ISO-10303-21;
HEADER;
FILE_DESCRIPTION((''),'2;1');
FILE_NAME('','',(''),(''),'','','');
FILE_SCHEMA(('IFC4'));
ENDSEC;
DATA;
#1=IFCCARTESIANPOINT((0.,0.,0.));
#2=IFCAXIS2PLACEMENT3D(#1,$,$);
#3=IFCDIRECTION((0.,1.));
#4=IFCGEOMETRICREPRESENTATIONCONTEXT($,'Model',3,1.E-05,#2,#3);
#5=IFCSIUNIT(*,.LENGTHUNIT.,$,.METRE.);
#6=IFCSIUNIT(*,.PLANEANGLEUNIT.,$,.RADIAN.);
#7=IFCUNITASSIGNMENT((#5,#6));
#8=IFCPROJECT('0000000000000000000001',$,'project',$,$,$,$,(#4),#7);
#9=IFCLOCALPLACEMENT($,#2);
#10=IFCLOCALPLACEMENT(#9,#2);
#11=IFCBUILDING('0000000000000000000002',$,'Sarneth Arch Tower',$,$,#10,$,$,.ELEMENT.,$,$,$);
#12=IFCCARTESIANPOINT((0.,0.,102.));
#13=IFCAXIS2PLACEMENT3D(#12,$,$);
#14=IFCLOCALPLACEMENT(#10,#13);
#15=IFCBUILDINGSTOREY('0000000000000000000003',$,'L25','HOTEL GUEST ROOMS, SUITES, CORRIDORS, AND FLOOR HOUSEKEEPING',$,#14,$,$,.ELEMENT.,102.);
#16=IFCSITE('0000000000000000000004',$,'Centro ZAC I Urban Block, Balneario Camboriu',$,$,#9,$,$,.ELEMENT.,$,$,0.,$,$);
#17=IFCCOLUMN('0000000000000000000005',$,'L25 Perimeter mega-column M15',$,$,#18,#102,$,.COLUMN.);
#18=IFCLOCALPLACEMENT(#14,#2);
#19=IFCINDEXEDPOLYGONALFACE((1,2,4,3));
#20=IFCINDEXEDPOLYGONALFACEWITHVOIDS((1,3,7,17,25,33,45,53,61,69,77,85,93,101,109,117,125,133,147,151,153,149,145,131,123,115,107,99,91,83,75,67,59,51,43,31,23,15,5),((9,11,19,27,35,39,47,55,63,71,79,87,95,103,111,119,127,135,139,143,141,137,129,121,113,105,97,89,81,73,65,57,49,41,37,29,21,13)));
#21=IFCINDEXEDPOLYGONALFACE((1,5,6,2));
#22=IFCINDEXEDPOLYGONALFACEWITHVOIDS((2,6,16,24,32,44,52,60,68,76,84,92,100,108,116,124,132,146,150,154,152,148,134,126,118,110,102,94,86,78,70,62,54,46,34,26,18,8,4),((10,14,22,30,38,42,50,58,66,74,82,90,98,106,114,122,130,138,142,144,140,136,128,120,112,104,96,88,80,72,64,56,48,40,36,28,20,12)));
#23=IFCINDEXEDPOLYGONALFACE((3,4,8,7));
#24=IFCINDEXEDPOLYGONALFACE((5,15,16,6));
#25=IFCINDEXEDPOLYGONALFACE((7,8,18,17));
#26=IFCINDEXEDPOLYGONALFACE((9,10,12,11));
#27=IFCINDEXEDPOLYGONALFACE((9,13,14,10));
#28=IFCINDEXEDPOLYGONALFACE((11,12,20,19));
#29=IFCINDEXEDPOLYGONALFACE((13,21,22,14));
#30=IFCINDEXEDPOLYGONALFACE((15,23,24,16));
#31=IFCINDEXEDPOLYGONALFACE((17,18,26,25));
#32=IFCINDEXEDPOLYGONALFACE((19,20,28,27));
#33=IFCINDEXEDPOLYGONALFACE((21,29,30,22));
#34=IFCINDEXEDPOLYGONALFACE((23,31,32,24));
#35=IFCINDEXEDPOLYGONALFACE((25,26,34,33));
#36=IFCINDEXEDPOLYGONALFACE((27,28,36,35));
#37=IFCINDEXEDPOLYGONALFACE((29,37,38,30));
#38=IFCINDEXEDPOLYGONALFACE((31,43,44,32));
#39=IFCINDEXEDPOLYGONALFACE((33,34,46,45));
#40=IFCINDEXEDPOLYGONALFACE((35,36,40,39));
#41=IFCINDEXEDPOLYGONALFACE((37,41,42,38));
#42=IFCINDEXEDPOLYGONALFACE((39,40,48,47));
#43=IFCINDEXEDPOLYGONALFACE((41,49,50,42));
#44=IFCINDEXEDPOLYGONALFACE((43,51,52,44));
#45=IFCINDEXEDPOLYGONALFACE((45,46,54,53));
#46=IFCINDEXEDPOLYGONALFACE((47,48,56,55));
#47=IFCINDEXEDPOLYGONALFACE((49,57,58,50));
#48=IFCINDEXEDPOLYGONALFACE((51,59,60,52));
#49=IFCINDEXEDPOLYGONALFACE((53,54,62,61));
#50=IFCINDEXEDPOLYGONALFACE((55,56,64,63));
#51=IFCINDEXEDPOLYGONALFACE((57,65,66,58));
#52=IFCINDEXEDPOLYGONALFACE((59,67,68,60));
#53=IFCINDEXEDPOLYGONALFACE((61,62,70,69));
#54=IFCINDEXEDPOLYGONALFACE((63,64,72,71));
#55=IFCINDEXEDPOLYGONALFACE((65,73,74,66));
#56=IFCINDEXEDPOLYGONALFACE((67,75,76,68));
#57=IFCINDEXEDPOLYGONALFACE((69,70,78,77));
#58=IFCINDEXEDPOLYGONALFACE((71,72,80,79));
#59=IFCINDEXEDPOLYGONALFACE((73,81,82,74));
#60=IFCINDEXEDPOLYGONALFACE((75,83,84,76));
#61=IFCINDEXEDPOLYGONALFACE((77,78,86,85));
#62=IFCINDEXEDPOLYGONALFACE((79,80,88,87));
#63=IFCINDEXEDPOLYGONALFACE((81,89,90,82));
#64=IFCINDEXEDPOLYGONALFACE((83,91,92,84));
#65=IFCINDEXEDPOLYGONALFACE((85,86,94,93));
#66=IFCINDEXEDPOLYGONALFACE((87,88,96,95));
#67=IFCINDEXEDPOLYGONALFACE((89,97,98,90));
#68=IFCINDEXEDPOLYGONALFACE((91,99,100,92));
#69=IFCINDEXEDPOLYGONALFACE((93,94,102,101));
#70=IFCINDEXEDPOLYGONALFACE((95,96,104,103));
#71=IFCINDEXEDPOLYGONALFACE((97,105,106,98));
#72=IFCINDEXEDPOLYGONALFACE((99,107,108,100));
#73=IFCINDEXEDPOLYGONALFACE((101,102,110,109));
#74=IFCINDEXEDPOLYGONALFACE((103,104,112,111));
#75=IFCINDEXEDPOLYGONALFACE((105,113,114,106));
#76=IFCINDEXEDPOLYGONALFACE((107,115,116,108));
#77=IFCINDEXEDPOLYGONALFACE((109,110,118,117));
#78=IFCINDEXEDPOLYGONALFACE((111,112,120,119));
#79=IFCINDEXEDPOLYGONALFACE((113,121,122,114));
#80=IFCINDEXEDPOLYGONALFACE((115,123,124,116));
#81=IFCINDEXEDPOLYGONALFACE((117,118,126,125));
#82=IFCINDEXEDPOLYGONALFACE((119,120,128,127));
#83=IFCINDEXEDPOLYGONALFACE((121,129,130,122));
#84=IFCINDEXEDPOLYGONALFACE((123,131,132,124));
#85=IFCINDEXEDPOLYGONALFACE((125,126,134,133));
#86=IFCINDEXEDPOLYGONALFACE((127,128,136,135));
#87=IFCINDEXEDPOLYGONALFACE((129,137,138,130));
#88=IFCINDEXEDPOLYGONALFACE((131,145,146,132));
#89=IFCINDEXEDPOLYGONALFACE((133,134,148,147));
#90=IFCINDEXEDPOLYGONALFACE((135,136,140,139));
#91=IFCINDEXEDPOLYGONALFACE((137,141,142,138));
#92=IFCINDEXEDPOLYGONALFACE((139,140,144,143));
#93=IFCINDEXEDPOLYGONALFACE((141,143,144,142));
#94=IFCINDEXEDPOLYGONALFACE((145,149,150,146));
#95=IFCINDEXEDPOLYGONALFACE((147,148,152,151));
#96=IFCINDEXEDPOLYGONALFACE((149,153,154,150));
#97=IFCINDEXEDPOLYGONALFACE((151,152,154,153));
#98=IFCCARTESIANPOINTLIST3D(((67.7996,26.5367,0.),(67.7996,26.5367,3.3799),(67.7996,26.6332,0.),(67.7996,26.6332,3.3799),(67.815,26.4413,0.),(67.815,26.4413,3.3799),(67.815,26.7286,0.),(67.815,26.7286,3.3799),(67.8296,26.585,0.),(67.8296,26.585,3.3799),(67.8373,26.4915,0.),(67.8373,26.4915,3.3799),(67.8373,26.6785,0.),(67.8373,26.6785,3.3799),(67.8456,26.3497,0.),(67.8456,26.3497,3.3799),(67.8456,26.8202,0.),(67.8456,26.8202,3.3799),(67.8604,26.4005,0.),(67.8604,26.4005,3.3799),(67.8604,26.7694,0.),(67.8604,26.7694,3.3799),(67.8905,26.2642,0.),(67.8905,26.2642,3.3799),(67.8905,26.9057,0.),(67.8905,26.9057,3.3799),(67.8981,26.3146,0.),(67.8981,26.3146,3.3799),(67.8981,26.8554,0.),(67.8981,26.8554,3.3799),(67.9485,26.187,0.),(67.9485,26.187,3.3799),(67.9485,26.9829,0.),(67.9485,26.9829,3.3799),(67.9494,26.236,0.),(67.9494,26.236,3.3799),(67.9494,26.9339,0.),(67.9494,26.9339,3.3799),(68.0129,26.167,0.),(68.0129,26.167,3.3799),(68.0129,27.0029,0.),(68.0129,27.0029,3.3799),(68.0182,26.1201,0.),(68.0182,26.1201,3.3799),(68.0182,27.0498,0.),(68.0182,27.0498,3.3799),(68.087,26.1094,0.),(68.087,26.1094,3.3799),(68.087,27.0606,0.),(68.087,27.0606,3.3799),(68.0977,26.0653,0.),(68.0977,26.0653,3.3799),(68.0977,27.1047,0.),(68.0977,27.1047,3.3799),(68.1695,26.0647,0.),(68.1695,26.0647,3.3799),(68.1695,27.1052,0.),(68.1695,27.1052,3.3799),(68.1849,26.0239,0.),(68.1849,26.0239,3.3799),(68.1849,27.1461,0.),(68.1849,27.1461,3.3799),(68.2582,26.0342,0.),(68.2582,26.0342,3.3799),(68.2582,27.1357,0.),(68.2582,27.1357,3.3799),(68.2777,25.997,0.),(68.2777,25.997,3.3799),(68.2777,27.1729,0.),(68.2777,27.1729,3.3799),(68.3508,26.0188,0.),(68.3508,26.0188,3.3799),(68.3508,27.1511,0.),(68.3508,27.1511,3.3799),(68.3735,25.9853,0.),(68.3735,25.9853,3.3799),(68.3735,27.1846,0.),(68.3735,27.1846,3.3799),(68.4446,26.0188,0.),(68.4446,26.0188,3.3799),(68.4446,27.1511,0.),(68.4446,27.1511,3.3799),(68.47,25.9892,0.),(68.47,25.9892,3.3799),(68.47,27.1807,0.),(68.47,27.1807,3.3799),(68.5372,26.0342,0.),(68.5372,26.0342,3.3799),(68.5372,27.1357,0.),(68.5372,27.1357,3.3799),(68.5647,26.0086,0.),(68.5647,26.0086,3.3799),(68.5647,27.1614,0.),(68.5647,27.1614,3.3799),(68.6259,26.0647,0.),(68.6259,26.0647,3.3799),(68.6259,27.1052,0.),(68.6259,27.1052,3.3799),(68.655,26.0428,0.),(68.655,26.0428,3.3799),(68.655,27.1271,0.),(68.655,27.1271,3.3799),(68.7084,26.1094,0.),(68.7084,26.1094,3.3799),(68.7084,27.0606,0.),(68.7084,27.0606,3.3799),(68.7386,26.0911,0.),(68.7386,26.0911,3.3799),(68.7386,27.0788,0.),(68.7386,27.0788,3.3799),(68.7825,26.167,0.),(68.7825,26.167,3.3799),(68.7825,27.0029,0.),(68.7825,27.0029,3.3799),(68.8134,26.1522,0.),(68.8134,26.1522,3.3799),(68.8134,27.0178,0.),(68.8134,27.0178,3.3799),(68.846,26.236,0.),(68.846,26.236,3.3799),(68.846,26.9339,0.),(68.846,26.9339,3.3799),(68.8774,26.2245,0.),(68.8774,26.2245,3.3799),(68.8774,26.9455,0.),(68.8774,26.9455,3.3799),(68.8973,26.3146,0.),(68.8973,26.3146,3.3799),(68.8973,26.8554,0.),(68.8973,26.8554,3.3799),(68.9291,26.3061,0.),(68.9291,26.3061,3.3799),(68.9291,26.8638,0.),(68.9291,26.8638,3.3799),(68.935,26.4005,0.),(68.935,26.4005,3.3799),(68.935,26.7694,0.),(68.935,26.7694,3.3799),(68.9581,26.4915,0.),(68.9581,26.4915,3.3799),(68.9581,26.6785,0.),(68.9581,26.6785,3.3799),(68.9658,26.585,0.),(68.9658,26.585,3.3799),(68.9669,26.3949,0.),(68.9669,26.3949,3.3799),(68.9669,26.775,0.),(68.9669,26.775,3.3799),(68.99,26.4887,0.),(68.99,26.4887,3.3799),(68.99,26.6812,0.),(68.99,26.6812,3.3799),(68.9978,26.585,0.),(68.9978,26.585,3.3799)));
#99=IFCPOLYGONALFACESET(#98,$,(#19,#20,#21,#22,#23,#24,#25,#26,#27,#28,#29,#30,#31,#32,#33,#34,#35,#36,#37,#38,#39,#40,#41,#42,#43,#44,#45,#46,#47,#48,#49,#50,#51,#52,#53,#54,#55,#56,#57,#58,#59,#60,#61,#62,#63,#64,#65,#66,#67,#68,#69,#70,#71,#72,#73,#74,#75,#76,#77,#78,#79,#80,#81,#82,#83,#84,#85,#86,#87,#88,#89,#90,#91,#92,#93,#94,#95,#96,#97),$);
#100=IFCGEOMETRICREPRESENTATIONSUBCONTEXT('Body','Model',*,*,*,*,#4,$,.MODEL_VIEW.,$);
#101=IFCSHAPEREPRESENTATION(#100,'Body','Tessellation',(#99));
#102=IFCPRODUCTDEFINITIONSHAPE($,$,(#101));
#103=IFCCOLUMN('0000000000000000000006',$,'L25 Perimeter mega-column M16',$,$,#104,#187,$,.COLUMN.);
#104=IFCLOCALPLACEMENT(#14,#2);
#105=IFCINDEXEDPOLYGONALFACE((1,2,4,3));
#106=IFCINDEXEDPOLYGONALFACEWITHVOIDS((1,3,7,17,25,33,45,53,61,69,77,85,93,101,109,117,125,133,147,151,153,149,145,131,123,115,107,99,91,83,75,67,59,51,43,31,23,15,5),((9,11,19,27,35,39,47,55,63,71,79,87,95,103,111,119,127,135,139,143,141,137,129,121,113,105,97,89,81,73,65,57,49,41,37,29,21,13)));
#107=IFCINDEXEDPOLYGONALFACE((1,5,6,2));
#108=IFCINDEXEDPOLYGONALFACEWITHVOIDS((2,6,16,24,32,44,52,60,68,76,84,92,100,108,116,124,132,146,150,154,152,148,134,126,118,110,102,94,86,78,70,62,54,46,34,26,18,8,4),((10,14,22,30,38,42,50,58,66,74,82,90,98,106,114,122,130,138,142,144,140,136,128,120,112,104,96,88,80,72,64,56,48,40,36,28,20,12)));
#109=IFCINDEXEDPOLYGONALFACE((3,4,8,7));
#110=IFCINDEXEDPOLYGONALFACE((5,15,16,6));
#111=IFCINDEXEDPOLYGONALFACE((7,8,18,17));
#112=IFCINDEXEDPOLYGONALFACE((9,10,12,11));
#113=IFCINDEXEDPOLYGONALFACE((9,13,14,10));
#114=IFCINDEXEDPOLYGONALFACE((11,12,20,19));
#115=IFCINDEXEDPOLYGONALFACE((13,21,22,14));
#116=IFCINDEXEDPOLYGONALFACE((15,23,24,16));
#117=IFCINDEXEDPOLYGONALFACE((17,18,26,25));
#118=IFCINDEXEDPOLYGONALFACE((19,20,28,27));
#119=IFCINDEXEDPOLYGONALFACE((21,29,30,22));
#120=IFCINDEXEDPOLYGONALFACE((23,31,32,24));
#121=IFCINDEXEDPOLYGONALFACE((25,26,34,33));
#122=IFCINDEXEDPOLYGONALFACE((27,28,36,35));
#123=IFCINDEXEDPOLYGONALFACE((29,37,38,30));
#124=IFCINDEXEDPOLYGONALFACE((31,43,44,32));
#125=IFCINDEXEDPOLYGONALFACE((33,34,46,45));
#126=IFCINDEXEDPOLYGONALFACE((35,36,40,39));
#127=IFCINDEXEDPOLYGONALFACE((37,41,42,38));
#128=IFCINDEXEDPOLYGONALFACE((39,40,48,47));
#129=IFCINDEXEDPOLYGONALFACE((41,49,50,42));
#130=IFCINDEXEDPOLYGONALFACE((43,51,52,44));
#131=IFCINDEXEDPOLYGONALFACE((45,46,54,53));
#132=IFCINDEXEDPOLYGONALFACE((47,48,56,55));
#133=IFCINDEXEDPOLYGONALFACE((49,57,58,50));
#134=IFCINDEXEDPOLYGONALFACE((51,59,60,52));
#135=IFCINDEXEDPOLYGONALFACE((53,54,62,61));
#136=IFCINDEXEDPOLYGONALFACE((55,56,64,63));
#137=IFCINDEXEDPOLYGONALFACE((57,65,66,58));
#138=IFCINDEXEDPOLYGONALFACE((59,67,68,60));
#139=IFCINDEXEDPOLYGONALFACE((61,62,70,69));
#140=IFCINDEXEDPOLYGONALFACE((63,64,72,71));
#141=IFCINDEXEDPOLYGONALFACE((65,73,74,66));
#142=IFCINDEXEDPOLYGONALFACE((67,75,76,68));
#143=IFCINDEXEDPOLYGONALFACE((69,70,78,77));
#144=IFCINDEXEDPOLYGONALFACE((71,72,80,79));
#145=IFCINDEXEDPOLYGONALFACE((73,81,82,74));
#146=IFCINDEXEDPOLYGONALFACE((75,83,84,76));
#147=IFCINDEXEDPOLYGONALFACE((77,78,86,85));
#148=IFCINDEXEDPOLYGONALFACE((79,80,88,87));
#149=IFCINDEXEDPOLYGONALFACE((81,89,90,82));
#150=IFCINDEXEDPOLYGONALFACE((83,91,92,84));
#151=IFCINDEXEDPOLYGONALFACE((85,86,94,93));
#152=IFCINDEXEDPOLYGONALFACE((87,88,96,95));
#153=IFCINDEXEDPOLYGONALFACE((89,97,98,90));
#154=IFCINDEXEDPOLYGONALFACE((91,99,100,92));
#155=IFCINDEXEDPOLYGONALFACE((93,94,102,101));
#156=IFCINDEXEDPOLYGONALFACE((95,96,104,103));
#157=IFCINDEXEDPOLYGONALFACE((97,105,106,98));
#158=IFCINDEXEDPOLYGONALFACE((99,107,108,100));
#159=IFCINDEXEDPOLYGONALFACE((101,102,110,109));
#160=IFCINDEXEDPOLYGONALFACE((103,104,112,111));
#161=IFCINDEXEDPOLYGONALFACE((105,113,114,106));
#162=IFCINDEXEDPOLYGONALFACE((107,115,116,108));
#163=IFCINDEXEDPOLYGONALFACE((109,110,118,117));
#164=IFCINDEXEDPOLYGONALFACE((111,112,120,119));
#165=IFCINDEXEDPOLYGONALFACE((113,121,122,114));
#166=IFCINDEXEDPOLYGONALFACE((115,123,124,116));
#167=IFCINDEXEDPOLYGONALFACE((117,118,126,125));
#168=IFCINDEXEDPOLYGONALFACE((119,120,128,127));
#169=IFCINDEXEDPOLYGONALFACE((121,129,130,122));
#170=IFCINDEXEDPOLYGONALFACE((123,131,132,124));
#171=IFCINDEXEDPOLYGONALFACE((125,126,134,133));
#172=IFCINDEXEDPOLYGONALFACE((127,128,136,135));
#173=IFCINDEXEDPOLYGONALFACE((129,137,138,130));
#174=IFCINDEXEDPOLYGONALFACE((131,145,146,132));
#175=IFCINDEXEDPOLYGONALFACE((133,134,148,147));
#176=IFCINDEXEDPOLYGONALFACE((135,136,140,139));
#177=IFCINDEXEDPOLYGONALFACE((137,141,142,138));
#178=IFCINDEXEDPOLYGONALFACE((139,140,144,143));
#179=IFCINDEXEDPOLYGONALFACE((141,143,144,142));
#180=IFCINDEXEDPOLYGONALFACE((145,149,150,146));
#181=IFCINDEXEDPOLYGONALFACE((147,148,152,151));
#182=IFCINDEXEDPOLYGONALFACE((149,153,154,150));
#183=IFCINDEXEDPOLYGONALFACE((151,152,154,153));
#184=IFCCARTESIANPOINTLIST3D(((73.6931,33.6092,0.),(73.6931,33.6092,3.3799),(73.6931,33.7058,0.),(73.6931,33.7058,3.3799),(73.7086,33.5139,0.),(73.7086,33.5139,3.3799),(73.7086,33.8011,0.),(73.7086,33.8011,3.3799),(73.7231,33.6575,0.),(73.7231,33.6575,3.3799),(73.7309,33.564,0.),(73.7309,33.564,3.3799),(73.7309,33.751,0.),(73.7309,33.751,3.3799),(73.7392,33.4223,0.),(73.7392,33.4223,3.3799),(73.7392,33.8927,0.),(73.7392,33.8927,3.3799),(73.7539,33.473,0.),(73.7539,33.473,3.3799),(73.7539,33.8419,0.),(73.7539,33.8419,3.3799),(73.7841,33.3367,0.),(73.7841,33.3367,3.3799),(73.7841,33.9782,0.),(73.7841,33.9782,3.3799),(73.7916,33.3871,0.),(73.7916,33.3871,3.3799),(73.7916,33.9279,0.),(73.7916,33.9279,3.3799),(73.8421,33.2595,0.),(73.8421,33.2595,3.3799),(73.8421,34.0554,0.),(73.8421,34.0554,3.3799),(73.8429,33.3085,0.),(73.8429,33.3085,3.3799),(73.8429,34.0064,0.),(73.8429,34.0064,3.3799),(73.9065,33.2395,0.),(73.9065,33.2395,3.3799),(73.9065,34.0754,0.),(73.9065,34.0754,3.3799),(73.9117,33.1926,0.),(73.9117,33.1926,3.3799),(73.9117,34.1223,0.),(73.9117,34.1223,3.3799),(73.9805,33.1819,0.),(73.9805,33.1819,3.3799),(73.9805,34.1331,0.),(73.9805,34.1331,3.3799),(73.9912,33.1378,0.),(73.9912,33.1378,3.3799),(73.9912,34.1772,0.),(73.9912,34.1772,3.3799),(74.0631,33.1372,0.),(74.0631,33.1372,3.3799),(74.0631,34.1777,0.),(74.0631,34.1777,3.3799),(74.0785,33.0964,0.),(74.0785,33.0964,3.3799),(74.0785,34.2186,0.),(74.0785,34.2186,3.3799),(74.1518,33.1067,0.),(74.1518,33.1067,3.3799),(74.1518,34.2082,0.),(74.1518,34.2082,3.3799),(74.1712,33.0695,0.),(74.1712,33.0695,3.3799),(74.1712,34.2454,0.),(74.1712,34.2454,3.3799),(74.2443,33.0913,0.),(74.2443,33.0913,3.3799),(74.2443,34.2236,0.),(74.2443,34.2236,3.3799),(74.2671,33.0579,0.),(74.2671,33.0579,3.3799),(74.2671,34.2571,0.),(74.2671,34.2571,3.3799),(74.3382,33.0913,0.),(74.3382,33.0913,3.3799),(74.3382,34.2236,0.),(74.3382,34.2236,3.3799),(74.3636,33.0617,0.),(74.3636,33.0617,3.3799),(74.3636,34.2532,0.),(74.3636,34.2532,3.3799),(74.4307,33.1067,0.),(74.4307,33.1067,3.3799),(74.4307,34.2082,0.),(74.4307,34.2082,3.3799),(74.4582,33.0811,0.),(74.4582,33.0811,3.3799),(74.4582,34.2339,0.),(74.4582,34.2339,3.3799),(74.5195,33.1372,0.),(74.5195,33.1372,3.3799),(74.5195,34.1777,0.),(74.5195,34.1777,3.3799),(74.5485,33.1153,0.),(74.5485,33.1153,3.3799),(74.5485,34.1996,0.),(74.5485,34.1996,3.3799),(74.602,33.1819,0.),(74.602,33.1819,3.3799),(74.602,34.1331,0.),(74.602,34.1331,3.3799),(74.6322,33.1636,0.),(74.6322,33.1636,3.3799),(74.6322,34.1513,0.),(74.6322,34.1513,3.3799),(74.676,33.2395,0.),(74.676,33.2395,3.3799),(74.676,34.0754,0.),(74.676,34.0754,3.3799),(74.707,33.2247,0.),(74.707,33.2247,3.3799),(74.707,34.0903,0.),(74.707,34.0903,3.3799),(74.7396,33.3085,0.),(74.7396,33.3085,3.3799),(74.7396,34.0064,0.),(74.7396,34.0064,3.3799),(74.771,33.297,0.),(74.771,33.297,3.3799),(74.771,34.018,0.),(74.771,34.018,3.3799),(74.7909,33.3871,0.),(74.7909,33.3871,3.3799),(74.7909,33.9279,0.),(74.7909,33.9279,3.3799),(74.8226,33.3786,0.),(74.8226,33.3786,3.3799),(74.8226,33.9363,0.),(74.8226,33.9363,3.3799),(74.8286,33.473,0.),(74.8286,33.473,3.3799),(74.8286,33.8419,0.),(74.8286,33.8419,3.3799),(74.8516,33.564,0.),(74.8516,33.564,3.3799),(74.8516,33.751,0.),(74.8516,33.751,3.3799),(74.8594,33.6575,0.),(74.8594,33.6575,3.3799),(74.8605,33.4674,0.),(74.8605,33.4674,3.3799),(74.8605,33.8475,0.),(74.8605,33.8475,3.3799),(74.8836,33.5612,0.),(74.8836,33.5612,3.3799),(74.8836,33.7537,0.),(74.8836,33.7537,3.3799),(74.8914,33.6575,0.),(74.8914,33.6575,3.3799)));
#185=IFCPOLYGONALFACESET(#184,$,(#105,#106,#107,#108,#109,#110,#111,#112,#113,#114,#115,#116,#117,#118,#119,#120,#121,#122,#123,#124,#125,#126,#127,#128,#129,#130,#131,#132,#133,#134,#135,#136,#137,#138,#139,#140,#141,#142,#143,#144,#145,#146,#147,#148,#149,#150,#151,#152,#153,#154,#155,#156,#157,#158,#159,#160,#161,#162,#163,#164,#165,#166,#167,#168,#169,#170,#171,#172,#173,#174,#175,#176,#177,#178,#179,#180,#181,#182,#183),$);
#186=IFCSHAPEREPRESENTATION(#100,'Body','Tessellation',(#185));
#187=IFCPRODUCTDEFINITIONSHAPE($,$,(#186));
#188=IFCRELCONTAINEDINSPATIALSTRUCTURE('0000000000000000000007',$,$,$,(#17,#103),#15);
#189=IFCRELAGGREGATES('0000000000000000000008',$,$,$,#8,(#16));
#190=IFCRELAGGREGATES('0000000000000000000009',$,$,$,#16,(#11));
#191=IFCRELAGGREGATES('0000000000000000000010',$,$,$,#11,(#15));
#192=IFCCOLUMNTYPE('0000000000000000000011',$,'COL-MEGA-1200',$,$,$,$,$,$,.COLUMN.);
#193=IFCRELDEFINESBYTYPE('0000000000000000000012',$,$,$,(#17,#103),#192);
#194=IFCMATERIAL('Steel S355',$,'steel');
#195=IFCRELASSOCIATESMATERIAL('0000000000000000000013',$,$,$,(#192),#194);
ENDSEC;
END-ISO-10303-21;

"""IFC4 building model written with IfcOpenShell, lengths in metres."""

from ifc_helpers import new_model, si_unit, direction, frame, origin, origin_2d, place, context, subcontext, project, spatial, hollow_circle, extrude, material, material_profile, profile_set, type_object, element, save


model = new_model("IFC4")

# Units and contexts
model_context = context("Model", 3, precision=1e-05, world=origin(), true_north=direction((0.0, 1.0)))
body_context = subcontext(model_context, "Body", "Model", "MODEL_VIEW")
ifc_project = project(units=[si_unit("LENGTHUNIT", "METRE"), si_unit("PLANEANGLEUNIT", "RADIAN")], contexts=[model_context])

# Site, building, storey
site_placement = place(None, origin())
site = spatial("IfcSite", under=ifc_project, at=site_placement, Name="Centro ZAC I Urban Block, Balneario Camboriu", CompositionType="ELEMENT", RefElevation=0.0)
building_placement = place(site_placement, origin())
building = spatial("IfcBuilding", under=site, at=building_placement, Name="Sarneth Arch Tower", CompositionType="ELEMENT")
storey_placement = place(building_placement, frame((0.0, 0.0, 102.0)))
storey = spatial("IfcBuildingStorey", under=building, at=storey_placement, Name="L25", Description="HOTEL GUEST ROOMS, SUITES, CORRIDORS, AND FLOOR HOUSEKEEPING", CompositionType="ELEMENT", Elevation=102.0)

# Columns
ifc_material_1 = material(Name="Steel S355", Category="steel")
ifc_material_profile_1 = material_profile(ifc_material_1, hollow_circle(Radius=0.6001, WallThickness=0.032, at=origin_2d()), Name="CHS1200x32")
ifc_profile_set_1 = profile_set([ifc_material_profile_1], Name="Steel S355")
column_type = type_object("IfcColumnType", Name="COL-MEGA-1200", PredefinedType="COLUMN", material=ifc_profile_set_1)
for number, where, z_axis, x_axis, name in (
    (1, (68.3977, 26.585, 0.0), (0.0, 0.0, 1.0), (1.0, 0.0, 0.0), "L25 Perimeter mega-column M15"),
    (2, (74.2913, 33.6575, 0.0), (0.0, 0.0, 1.0), (1.0, 0.0, 0.0), "L25 Perimeter mega-column M16"),
):
    element("IfcColumn", number, at=place(storey_placement, frame(where, z_axis=z_axis, x_axis=x_axis)), inside=storey, type_object=column_type, Name=name, PredefinedType="COLUMN", context=body_context, shape_type="SweptSolid", body=[
        extrude(hollow_circle(Radius=0.6001, WallThickness=0.032, at=origin_2d()), origin(), (0.0, 0.0, 1.0), 3.3799),
    ])

save(model, "model.ifc")
